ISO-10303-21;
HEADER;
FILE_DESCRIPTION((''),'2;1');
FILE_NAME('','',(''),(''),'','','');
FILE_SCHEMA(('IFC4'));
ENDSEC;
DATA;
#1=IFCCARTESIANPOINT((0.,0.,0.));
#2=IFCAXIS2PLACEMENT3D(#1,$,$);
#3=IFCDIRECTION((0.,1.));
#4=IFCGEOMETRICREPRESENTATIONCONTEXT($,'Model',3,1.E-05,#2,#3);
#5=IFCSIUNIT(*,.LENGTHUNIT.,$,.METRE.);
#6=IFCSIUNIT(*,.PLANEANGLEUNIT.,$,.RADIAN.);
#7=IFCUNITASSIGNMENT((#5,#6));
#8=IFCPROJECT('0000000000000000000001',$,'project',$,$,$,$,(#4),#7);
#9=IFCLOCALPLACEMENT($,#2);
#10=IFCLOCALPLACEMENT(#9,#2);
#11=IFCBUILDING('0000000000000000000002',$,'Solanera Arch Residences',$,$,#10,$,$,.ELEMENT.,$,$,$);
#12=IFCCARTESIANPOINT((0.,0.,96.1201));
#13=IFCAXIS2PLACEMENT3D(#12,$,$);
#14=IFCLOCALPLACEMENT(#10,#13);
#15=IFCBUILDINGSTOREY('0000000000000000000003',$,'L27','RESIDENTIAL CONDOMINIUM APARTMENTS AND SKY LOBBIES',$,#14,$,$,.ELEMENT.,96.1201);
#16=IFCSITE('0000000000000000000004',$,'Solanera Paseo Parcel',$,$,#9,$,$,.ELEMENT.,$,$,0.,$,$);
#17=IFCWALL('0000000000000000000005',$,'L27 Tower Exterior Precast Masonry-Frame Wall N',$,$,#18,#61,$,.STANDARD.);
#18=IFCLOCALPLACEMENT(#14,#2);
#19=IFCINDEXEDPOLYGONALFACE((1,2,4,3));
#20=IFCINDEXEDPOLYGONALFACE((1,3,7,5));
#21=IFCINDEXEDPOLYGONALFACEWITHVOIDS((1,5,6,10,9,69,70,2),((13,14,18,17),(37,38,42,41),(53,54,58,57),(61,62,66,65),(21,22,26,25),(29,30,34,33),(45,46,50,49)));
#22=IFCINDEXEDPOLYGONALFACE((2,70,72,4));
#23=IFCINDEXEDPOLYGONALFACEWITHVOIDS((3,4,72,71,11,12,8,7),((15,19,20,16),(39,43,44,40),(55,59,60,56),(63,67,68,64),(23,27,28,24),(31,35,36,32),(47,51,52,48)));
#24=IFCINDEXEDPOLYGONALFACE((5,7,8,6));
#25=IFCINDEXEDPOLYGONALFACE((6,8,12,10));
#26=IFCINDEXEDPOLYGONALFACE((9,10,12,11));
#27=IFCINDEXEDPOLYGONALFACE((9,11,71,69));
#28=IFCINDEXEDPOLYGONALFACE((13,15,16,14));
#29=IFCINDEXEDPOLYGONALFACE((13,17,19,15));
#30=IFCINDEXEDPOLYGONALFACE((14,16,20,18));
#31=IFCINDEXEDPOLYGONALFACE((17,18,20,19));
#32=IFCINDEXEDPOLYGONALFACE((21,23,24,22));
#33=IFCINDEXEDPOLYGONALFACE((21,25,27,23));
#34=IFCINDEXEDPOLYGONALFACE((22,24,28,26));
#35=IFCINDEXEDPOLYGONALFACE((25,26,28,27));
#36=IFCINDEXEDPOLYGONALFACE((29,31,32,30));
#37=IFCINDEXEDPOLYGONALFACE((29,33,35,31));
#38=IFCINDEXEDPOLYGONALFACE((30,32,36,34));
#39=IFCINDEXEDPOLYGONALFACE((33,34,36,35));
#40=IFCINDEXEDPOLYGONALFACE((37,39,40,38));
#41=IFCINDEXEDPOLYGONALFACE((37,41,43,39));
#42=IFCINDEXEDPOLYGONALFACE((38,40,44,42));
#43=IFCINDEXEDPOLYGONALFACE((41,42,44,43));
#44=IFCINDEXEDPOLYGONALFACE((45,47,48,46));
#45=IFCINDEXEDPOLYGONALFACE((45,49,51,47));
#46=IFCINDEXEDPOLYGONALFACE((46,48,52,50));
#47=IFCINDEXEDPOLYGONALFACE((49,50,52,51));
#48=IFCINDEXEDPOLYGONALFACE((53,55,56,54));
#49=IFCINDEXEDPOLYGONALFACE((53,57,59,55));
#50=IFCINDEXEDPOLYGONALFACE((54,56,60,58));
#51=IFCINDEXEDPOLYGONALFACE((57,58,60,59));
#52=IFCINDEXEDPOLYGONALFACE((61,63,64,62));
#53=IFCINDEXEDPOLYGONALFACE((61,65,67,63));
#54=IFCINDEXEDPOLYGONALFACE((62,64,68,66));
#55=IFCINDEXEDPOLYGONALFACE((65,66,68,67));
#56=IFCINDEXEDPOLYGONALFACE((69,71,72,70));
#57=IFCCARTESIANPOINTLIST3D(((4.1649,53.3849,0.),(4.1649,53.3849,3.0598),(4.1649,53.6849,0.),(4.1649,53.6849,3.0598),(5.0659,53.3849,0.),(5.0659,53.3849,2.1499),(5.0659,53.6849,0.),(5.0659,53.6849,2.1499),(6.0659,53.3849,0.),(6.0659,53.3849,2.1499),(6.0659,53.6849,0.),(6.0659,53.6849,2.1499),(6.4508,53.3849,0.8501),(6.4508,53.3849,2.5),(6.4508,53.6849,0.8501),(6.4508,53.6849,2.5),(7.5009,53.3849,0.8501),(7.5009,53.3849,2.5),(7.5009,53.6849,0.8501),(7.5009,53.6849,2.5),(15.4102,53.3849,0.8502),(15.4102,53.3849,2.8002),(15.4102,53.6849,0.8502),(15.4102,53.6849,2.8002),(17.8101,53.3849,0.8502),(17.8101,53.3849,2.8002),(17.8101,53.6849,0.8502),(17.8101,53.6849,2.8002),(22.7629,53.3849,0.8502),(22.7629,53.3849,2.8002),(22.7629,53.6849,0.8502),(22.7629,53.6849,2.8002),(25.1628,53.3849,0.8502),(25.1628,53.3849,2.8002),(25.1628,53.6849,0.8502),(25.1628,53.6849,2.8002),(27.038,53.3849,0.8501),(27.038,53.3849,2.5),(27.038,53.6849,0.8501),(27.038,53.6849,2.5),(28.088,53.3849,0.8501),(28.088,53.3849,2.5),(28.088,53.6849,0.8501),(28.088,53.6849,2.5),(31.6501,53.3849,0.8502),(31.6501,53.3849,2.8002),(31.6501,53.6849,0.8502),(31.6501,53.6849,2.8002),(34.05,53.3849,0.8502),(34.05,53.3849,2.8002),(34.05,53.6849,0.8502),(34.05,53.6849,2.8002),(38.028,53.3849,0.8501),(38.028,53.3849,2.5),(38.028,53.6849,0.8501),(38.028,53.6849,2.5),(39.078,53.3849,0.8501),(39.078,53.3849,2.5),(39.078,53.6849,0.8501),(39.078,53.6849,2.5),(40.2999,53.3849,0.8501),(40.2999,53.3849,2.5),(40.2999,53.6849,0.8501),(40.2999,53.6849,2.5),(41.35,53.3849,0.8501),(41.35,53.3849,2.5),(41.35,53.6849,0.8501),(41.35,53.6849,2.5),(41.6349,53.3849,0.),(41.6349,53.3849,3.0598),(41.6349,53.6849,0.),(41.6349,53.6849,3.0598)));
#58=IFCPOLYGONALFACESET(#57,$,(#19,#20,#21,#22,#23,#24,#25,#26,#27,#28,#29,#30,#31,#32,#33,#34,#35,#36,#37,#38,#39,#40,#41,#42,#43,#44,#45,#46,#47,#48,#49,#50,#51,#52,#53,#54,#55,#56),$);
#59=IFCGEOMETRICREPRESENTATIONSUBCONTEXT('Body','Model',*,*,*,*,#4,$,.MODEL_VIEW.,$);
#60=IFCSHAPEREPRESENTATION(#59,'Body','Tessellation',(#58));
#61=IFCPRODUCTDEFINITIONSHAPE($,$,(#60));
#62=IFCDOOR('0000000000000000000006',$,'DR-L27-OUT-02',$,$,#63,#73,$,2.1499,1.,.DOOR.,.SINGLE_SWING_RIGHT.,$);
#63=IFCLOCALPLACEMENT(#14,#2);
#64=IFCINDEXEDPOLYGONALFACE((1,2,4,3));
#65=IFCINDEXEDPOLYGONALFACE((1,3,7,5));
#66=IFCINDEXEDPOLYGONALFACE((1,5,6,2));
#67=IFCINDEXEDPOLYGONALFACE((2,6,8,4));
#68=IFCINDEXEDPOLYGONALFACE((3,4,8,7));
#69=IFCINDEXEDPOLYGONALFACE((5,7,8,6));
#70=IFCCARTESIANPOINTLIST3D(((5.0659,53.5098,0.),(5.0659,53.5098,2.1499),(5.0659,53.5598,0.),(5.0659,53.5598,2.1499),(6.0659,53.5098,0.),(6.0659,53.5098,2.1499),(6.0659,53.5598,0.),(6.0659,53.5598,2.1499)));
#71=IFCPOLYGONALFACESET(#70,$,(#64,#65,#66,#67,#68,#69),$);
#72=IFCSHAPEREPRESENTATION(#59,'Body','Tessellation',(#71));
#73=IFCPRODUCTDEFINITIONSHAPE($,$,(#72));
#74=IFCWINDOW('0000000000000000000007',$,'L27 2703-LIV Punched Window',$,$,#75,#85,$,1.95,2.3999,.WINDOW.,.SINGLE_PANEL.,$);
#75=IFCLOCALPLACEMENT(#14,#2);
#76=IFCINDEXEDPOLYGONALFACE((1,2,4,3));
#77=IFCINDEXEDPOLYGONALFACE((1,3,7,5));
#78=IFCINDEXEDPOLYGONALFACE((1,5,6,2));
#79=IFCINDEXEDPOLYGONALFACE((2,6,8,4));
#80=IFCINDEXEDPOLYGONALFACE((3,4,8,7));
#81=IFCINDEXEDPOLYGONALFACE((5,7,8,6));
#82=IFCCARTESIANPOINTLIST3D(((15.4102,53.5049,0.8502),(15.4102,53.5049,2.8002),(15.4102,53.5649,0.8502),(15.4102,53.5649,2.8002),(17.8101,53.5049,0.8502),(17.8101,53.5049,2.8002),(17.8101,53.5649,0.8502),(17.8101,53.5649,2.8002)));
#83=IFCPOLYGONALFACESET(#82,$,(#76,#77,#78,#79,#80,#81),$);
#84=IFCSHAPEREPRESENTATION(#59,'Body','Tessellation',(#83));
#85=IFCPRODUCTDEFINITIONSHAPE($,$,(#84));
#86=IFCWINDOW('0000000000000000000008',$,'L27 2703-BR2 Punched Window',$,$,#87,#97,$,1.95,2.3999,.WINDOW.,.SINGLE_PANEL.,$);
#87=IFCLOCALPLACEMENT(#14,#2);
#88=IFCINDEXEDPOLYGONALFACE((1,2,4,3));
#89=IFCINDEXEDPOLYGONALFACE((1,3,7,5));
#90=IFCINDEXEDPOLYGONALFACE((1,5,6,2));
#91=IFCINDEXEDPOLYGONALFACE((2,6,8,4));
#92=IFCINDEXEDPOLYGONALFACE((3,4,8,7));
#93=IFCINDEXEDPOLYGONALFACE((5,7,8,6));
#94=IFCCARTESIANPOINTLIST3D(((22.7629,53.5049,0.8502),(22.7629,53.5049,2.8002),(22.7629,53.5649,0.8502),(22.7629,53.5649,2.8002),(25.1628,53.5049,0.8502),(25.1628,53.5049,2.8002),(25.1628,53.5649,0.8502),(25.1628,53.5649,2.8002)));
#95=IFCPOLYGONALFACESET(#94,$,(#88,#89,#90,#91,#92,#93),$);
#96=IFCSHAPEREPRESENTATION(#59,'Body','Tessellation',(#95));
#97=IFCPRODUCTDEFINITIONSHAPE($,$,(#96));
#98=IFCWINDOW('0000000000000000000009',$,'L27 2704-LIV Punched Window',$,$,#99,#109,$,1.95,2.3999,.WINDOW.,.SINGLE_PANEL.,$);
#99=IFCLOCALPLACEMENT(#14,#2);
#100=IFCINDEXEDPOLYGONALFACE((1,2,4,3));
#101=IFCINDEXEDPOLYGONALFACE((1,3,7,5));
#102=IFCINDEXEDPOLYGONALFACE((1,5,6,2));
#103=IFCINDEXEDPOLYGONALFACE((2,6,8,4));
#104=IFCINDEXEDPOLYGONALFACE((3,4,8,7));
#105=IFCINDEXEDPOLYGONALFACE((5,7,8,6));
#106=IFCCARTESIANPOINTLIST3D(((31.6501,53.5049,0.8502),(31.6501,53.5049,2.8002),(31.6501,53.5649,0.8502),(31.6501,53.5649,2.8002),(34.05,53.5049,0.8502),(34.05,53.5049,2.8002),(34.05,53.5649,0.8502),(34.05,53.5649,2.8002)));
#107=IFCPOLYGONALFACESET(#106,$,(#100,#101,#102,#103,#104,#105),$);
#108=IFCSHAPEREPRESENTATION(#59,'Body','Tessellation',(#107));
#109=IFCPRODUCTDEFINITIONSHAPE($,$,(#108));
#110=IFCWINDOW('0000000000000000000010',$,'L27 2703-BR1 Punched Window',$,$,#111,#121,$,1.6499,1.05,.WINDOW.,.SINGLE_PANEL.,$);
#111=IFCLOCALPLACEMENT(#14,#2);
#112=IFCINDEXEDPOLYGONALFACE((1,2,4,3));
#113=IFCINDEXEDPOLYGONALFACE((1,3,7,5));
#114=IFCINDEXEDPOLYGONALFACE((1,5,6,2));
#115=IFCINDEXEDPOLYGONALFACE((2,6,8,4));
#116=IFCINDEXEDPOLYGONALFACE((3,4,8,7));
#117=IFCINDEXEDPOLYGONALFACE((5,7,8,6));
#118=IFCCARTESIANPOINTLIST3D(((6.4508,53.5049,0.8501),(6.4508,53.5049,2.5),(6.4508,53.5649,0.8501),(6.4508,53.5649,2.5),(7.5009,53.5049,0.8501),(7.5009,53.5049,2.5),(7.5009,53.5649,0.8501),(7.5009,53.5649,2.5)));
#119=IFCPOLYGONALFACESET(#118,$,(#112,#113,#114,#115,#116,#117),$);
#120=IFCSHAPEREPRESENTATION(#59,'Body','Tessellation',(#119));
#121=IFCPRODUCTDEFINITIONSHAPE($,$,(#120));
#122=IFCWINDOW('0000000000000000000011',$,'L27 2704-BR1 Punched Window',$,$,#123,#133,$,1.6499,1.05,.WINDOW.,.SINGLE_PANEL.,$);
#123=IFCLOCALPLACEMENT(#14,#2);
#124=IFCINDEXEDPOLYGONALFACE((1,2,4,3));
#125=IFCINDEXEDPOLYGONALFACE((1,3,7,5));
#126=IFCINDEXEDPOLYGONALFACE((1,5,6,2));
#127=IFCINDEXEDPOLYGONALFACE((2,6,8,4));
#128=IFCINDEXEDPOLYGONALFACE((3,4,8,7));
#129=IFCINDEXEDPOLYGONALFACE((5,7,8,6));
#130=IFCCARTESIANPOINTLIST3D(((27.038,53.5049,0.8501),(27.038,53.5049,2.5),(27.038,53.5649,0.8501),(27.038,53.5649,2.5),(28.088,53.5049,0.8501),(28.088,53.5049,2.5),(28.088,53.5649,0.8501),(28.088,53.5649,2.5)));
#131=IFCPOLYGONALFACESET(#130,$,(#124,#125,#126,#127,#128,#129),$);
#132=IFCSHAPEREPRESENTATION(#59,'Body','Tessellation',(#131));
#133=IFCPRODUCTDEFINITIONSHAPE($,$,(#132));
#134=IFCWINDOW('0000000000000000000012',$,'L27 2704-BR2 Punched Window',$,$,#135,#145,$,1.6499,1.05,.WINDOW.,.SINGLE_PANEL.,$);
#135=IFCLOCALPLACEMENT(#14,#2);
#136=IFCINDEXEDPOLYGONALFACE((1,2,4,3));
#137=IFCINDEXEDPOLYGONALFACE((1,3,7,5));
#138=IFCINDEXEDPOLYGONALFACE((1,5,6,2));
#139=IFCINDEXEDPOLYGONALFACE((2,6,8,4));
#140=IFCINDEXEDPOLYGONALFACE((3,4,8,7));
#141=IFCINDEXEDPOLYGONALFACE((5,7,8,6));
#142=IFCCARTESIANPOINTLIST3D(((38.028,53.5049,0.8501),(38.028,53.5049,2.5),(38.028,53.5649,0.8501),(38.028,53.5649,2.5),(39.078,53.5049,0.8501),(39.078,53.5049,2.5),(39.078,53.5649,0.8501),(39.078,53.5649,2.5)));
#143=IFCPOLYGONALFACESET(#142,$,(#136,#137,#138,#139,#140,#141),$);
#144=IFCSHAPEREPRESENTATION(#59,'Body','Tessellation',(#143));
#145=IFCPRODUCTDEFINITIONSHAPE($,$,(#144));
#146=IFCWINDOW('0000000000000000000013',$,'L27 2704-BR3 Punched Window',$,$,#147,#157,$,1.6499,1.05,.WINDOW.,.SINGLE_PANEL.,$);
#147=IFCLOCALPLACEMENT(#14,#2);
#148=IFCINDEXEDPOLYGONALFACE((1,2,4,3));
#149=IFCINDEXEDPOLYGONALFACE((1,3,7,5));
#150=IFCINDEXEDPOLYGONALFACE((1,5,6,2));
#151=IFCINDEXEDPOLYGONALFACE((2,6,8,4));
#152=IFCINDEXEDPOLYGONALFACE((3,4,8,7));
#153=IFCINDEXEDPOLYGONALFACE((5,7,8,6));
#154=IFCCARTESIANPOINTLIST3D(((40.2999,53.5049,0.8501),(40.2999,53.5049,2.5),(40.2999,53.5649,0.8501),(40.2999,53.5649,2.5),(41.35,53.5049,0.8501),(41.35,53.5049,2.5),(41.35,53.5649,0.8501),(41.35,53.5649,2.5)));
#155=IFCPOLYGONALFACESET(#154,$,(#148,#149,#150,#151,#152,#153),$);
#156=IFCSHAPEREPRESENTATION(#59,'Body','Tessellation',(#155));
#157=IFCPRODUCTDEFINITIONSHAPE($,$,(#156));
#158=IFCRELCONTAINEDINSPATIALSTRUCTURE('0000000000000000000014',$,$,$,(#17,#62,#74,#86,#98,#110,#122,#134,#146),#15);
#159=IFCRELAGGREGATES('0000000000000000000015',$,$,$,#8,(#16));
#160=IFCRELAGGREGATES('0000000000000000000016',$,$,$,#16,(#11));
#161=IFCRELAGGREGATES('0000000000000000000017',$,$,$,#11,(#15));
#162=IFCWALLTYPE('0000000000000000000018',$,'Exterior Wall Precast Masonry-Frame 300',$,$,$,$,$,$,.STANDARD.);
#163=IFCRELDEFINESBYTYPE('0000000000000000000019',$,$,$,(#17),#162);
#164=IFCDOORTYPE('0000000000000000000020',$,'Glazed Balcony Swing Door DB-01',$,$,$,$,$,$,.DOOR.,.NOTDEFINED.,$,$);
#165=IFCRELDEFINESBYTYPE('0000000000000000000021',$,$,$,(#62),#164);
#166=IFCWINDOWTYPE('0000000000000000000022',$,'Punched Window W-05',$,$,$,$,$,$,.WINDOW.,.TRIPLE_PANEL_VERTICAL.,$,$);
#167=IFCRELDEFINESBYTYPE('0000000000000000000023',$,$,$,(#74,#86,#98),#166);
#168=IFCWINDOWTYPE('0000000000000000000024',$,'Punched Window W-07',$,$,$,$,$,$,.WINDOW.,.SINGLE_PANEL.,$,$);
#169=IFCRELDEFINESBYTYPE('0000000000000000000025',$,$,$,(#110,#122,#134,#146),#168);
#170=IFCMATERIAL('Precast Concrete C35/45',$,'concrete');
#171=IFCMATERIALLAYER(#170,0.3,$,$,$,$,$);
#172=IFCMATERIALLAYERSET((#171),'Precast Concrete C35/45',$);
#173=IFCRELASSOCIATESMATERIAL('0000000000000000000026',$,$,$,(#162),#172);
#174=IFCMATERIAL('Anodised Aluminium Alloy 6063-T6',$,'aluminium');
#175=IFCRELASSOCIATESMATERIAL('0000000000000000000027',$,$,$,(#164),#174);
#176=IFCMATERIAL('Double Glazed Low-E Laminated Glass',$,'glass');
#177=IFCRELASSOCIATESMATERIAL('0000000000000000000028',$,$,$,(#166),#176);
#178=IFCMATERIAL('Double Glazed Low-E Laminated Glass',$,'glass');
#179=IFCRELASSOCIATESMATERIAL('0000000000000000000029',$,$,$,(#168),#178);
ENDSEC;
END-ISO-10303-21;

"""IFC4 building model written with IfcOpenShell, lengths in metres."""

from ifc_helpers import new_model, si_unit, direction, frame, frame_2d, origin, place, context, subcontext, project, spatial, rectangle, extrude, material, layer, layer_set, type_object, element, fill, save


model = new_model("IFC4")

# Units and contexts
model_context = context("Model", 3, precision=1e-05, world=origin(), true_north=direction((0.0, 1.0)))
body_context = subcontext(model_context, "Body", "Model", "MODEL_VIEW")
ifc_project = project(units=[si_unit("LENGTHUNIT", "METRE"), si_unit("PLANEANGLEUNIT", "RADIAN")], contexts=[model_context])

# Site, building, storey
site_placement = place(None, origin())
site = spatial("IfcSite", under=ifc_project, at=site_placement, Name="Solanera Paseo Parcel", CompositionType="ELEMENT", RefElevation=0.0)
building_placement = place(site_placement, origin())
building = spatial("IfcBuilding", under=site, at=building_placement, Name="Solanera Arch Residences", CompositionType="ELEMENT")
storey_placement = place(building_placement, frame((0.0, 0.0, 96.1201)))
storey = spatial("IfcBuildingStorey", under=building, at=storey_placement, Name="L27", Description="RESIDENTIAL CONDOMINIUM APARTMENTS AND SKY LOBBIES", CompositionType="ELEMENT", Elevation=96.1201)

# Shared definitions
ifc_material_1 = material(Name="Precast Concrete C35/45", Category="concrete")
ifc_layer_1 = layer(ifc_material_1, 0.3)
ifc_layer_set_1 = layer_set([ifc_layer_1], Name="Precast Concrete C35/45")
wall_type_1 = type_object("IfcWallType", Name="Exterior Wall Precast Masonry-Frame 300", PredefinedType="STANDARD", material=ifc_layer_set_1)

# Wall, openings, door, windows
wall_1_placement = place(storey_placement, frame((4.165, 53.5349, 0.0), z_axis=(0.0, 0.0, 1.0), x_axis=(1.0, 0.0, 0.0)))
wall_1 = element("IfcWall", 1, at=wall_1_placement, inside=storey, type_object=wall_type_1, Name="L27 Tower Exterior Precast Masonry-Frame Wall N", PredefinedType="STANDARD", context=body_context, shape_type="SweptSolid", body=[
    extrude(rectangle(XDim=37.47, YDim=0.3, at=frame_2d((18.7349, 0.0))), origin(), (0.0, 0.0, 1.0), 3.0598),
])
opening_1_placement = place(wall_1_placement, frame((0.9009, 0.0, 0.0)))
opening_1 = element("IfcOpeningElement", 2, at=opening_1_placement, cuts=wall_1, PredefinedType="OPENING", context=body_context, shape_type="SweptSolid", body=[
    extrude(rectangle(XDim=1.0, YDim=2.1499, at=frame_2d((0.5, 1.075))), frame((0.0, 0.1599, 0.0), z_axis=(0.0, -1.0, 0.0), x_axis=(1.0, 0.0, 0.0)), (0.0, 0.0, 1.0), 0.32),
])
opening_2_placement = place(wall_1_placement, frame((11.2451, 0.0, 0.8501)))
opening_2 = element("IfcOpeningElement", 3, at=opening_2_placement, cuts=wall_1, PredefinedType="OPENING", context=body_context, shape_type="SweptSolid", body=[
    extrude(rectangle(XDim=2.3999, YDim=1.95, at=frame_2d((1.2, 0.9751))), frame((0.0, 0.1599, 0.0), z_axis=(0.0, -1.0, 0.0), x_axis=(1.0, 0.0, 0.0)), (0.0, 0.0, 1.0), 0.32),
])
opening_3_placement = place(wall_1_placement, frame((2.2859, 0.0, 0.8501)))
opening_3 = element("IfcOpeningElement", 4, at=opening_3_placement, cuts=wall_1, PredefinedType="OPENING", context=body_context, shape_type="SweptSolid", body=[
    extrude(rectangle(XDim=1.05, YDim=1.6499, at=frame_2d((0.5249, 0.825))), frame((0.0, 0.1599, 0.0), z_axis=(0.0, -1.0, 0.0), x_axis=(1.0, 0.0, 0.0)), (0.0, 0.0, 1.0), 0.32),
])
opening_4_placement = place(wall_1_placement, frame((18.5979, 0.0, 0.8501)))
opening_4 = element("IfcOpeningElement", 5, at=opening_4_placement, cuts=wall_1, PredefinedType="OPENING", context=body_context, shape_type="SweptSolid", body=[
    extrude(rectangle(XDim=2.3999, YDim=1.95, at=frame_2d((1.2, 0.9751))), frame((0.0, 0.1599, 0.0), z_axis=(0.0, -1.0, 0.0), x_axis=(1.0, 0.0, 0.0)), (0.0, 0.0, 1.0), 0.32),
])
opening_5_placement = place(wall_1_placement, frame((27.4851, 0.0, 0.8501)))
opening_5 = element("IfcOpeningElement", 6, at=opening_5_placement, cuts=wall_1, PredefinedType="OPENING", context=body_context, shape_type="SweptSolid", body=[
    extrude(rectangle(XDim=2.3999, YDim=1.95, at=frame_2d((1.2, 0.9751))), frame((0.0, 0.1599, 0.0), z_axis=(0.0, -1.0, 0.0), x_axis=(1.0, 0.0, 0.0)), (0.0, 0.0, 1.0), 0.32),
])
opening_6_placement = place(wall_1_placement, frame((22.873, 0.0, 0.8501)))
opening_6 = element("IfcOpeningElement", 7, at=opening_6_placement, cuts=wall_1, PredefinedType="OPENING", context=body_context, shape_type="SweptSolid", body=[
    extrude(rectangle(XDim=1.05, YDim=1.6499, at=frame_2d((0.5249, 0.825))), frame((0.0, 0.1599, 0.0), z_axis=(0.0, -1.0, 0.0), x_axis=(1.0, 0.0, 0.0)), (0.0, 0.0, 1.0), 0.32),
])
opening_7_placement = place(wall_1_placement, frame((33.863, 0.0, 0.8501)))
opening_7 = element("IfcOpeningElement", 8, at=opening_7_placement, cuts=wall_1, PredefinedType="OPENING", context=body_context, shape_type="SweptSolid", body=[
    extrude(rectangle(XDim=1.05, YDim=1.6499, at=frame_2d((0.5249, 0.825))), frame((0.0, 0.1599, 0.0), z_axis=(0.0, -1.0, 0.0), x_axis=(1.0, 0.0, 0.0)), (0.0, 0.0, 1.0), 0.32),
])
opening_8_placement = place(wall_1_placement, frame((36.135, 0.0, 0.8501)))
opening_8 = element("IfcOpeningElement", 9, at=opening_8_placement, cuts=wall_1, PredefinedType="OPENING", context=body_context, shape_type="SweptSolid", body=[
    extrude(rectangle(XDim=1.05, YDim=1.6499, at=frame_2d((0.5249, 0.825))), frame((0.0, 0.1599, 0.0), z_axis=(0.0, -1.0, 0.0), x_axis=(1.0, 0.0, 0.0)), (0.0, 0.0, 1.0), 0.32),
])
ifc_material_2 = material(Name="Anodised Aluminium Alloy 6063-T6", Category="aluminium")
door_type_1 = type_object("IfcDoorType", Name="Glazed Balcony Swing Door DB-01", OperationType="NOTDEFINED", PredefinedType="DOOR", material=ifc_material_2)
door_1_placement = place(opening_1_placement, origin())
door_1 = element("IfcDoor", 10, at=door_1_placement, inside=storey, type_object=door_type_1, Name="DR-L27-OUT-02", OperationType="SINGLE_SWING_RIGHT", OverallHeight=2.1499, OverallWidth=1.0, PredefinedType="DOOR", context=body_context, shape_type="SweptSolid", body=[
    extrude(rectangle(XDim=1.0, YDim=2.1499, at=frame_2d((0.5, 1.075))), frame((0.0, 0.0249, 0.0), z_axis=(0.0, -1.0, 0.0), x_axis=(1.0, 0.0, 0.0)), (0.0, 0.0, 1.0), 0.05),
])
fill(opening_1, door_1)
ifc_material_3 = material(Name="Double Glazed Low-E Laminated Glass", Category="glass")
window_type_1 = type_object("IfcWindowType", Name="Punched Window W-05", PartitioningType="TRIPLE_PANEL_VERTICAL", PredefinedType="WINDOW", material=ifc_material_3)
window_1_placement = place(opening_2_placement, origin())
window_1 = element("IfcWindow", 11, at=window_1_placement, inside=storey, type_object=window_type_1, Name="L27 2703-LIV Punched Window", OverallHeight=1.95, OverallWidth=2.3999, PartitioningType="SINGLE_PANEL", PredefinedType="WINDOW", context=body_context, shape_type="SweptSolid", body=[
    extrude(rectangle(XDim=2.3999, YDim=1.95, at=frame_2d((1.2, 0.9751))), frame((0.0, 0.03, 0.0), z_axis=(0.0, -1.0, 0.0), x_axis=(1.0, 0.0, 0.0)), (0.0, 0.0, 1.0), 0.0601),
])
fill(opening_2, window_1)
window_2_placement = place(opening_4_placement, origin())
window_2 = element("IfcWindow", 12, at=window_2_placement, inside=storey, type_object=window_type_1, Name="L27 2703-BR2 Punched Window", OverallHeight=1.95, OverallWidth=2.3999, PartitioningType="SINGLE_PANEL", PredefinedType="WINDOW", context=body_context, shape_type="SweptSolid", body=[
    extrude(rectangle(XDim=2.3999, YDim=1.95, at=frame_2d((1.2, 0.9751))), frame((0.0, 0.03, 0.0), z_axis=(0.0, -1.0, 0.0), x_axis=(1.0, 0.0, 0.0)), (0.0, 0.0, 1.0), 0.0601),
])
fill(opening_4, window_2)
window_3_placement = place(opening_5_placement, origin())
window_3 = element("IfcWindow", 13, at=window_3_placement, inside=storey, type_object=window_type_1, Name="L27 2704-LIV Punched Window", OverallHeight=1.95, OverallWidth=2.3999, PartitioningType="SINGLE_PANEL", PredefinedType="WINDOW", context=body_context, shape_type="SweptSolid", body=[
    extrude(rectangle(XDim=2.3999, YDim=1.95, at=frame_2d((1.2, 0.9751))), frame((0.0, 0.03, 0.0), z_axis=(0.0, -1.0, 0.0), x_axis=(1.0, 0.0, 0.0)), (0.0, 0.0, 1.0), 0.0601),
])
fill(opening_5, window_3)
ifc_material_4 = material(Name="Double Glazed Low-E Laminated Glass", Category="glass")
window_type_2 = type_object("IfcWindowType", Name="Punched Window W-07", PartitioningType="SINGLE_PANEL", PredefinedType="WINDOW", material=ifc_material_4)
window_4_placement = place(opening_3_placement, origin())
window_4 = element("IfcWindow", 14, at=window_4_placement, inside=storey, type_object=window_type_2, Name="L27 2703-BR1 Punched Window", OverallHeight=1.6499, OverallWidth=1.05, PartitioningType="SINGLE_PANEL", PredefinedType="WINDOW", context=body_context, shape_type="SweptSolid", body=[
    extrude(rectangle(XDim=1.05, YDim=1.6499, at=frame_2d((0.5249, 0.825))), frame((0.0, 0.03, 0.0), z_axis=(0.0, -1.0, 0.0), x_axis=(1.0, 0.0, 0.0)), (0.0, 0.0, 1.0), 0.0601),
])
fill(opening_3, window_4)
window_5_placement = place(opening_6_placement, origin())
window_5 = element("IfcWindow", 15, at=window_5_placement, inside=storey, type_object=window_type_2, Name="L27 2704-BR1 Punched Window", OverallHeight=1.6499, OverallWidth=1.05, PartitioningType="SINGLE_PANEL", PredefinedType="WINDOW", context=body_context, shape_type="SweptSolid", body=[
    extrude(rectangle(XDim=1.05, YDim=1.6499, at=frame_2d((0.5249, 0.825))), frame((0.0, 0.03, 0.0), z_axis=(0.0, -1.0, 0.0), x_axis=(1.0, 0.0, 0.0)), (0.0, 0.0, 1.0), 0.0601),
])
fill(opening_6, window_5)
window_6_placement = place(opening_7_placement, origin())
window_6 = element("IfcWindow", 16, at=window_6_placement, inside=storey, type_object=window_type_2, Name="L27 2704-BR2 Punched Window", OverallHeight=1.6499, OverallWidth=1.05, PartitioningType="SINGLE_PANEL", PredefinedType="WINDOW", context=body_context, shape_type="SweptSolid", body=[
    extrude(rectangle(XDim=1.05, YDim=1.6499, at=frame_2d((0.5249, 0.825))), frame((0.0, 0.03, 0.0), z_axis=(0.0, -1.0, 0.0), x_axis=(1.0, 0.0, 0.0)), (0.0, 0.0, 1.0), 0.0601),
])
fill(opening_7, window_6)
window_7_placement = place(opening_8_placement, origin())
window_7 = element("IfcWindow", 17, at=window_7_placement, inside=storey, type_object=window_type_2, Name="L27 2704-BR3 Punched Window", OverallHeight=1.6499, OverallWidth=1.05, PartitioningType="SINGLE_PANEL", PredefinedType="WINDOW", context=body_context, shape_type="SweptSolid", body=[
    extrude(rectangle(XDim=1.05, YDim=1.6499, at=frame_2d((0.5249, 0.825))), frame((0.0, 0.03, 0.0), z_axis=(0.0, -1.0, 0.0), x_axis=(1.0, 0.0, 0.0)), (0.0, 0.0, 1.0), 0.0601),
])
fill(opening_8, window_7)

save(model, "model.ifc")
